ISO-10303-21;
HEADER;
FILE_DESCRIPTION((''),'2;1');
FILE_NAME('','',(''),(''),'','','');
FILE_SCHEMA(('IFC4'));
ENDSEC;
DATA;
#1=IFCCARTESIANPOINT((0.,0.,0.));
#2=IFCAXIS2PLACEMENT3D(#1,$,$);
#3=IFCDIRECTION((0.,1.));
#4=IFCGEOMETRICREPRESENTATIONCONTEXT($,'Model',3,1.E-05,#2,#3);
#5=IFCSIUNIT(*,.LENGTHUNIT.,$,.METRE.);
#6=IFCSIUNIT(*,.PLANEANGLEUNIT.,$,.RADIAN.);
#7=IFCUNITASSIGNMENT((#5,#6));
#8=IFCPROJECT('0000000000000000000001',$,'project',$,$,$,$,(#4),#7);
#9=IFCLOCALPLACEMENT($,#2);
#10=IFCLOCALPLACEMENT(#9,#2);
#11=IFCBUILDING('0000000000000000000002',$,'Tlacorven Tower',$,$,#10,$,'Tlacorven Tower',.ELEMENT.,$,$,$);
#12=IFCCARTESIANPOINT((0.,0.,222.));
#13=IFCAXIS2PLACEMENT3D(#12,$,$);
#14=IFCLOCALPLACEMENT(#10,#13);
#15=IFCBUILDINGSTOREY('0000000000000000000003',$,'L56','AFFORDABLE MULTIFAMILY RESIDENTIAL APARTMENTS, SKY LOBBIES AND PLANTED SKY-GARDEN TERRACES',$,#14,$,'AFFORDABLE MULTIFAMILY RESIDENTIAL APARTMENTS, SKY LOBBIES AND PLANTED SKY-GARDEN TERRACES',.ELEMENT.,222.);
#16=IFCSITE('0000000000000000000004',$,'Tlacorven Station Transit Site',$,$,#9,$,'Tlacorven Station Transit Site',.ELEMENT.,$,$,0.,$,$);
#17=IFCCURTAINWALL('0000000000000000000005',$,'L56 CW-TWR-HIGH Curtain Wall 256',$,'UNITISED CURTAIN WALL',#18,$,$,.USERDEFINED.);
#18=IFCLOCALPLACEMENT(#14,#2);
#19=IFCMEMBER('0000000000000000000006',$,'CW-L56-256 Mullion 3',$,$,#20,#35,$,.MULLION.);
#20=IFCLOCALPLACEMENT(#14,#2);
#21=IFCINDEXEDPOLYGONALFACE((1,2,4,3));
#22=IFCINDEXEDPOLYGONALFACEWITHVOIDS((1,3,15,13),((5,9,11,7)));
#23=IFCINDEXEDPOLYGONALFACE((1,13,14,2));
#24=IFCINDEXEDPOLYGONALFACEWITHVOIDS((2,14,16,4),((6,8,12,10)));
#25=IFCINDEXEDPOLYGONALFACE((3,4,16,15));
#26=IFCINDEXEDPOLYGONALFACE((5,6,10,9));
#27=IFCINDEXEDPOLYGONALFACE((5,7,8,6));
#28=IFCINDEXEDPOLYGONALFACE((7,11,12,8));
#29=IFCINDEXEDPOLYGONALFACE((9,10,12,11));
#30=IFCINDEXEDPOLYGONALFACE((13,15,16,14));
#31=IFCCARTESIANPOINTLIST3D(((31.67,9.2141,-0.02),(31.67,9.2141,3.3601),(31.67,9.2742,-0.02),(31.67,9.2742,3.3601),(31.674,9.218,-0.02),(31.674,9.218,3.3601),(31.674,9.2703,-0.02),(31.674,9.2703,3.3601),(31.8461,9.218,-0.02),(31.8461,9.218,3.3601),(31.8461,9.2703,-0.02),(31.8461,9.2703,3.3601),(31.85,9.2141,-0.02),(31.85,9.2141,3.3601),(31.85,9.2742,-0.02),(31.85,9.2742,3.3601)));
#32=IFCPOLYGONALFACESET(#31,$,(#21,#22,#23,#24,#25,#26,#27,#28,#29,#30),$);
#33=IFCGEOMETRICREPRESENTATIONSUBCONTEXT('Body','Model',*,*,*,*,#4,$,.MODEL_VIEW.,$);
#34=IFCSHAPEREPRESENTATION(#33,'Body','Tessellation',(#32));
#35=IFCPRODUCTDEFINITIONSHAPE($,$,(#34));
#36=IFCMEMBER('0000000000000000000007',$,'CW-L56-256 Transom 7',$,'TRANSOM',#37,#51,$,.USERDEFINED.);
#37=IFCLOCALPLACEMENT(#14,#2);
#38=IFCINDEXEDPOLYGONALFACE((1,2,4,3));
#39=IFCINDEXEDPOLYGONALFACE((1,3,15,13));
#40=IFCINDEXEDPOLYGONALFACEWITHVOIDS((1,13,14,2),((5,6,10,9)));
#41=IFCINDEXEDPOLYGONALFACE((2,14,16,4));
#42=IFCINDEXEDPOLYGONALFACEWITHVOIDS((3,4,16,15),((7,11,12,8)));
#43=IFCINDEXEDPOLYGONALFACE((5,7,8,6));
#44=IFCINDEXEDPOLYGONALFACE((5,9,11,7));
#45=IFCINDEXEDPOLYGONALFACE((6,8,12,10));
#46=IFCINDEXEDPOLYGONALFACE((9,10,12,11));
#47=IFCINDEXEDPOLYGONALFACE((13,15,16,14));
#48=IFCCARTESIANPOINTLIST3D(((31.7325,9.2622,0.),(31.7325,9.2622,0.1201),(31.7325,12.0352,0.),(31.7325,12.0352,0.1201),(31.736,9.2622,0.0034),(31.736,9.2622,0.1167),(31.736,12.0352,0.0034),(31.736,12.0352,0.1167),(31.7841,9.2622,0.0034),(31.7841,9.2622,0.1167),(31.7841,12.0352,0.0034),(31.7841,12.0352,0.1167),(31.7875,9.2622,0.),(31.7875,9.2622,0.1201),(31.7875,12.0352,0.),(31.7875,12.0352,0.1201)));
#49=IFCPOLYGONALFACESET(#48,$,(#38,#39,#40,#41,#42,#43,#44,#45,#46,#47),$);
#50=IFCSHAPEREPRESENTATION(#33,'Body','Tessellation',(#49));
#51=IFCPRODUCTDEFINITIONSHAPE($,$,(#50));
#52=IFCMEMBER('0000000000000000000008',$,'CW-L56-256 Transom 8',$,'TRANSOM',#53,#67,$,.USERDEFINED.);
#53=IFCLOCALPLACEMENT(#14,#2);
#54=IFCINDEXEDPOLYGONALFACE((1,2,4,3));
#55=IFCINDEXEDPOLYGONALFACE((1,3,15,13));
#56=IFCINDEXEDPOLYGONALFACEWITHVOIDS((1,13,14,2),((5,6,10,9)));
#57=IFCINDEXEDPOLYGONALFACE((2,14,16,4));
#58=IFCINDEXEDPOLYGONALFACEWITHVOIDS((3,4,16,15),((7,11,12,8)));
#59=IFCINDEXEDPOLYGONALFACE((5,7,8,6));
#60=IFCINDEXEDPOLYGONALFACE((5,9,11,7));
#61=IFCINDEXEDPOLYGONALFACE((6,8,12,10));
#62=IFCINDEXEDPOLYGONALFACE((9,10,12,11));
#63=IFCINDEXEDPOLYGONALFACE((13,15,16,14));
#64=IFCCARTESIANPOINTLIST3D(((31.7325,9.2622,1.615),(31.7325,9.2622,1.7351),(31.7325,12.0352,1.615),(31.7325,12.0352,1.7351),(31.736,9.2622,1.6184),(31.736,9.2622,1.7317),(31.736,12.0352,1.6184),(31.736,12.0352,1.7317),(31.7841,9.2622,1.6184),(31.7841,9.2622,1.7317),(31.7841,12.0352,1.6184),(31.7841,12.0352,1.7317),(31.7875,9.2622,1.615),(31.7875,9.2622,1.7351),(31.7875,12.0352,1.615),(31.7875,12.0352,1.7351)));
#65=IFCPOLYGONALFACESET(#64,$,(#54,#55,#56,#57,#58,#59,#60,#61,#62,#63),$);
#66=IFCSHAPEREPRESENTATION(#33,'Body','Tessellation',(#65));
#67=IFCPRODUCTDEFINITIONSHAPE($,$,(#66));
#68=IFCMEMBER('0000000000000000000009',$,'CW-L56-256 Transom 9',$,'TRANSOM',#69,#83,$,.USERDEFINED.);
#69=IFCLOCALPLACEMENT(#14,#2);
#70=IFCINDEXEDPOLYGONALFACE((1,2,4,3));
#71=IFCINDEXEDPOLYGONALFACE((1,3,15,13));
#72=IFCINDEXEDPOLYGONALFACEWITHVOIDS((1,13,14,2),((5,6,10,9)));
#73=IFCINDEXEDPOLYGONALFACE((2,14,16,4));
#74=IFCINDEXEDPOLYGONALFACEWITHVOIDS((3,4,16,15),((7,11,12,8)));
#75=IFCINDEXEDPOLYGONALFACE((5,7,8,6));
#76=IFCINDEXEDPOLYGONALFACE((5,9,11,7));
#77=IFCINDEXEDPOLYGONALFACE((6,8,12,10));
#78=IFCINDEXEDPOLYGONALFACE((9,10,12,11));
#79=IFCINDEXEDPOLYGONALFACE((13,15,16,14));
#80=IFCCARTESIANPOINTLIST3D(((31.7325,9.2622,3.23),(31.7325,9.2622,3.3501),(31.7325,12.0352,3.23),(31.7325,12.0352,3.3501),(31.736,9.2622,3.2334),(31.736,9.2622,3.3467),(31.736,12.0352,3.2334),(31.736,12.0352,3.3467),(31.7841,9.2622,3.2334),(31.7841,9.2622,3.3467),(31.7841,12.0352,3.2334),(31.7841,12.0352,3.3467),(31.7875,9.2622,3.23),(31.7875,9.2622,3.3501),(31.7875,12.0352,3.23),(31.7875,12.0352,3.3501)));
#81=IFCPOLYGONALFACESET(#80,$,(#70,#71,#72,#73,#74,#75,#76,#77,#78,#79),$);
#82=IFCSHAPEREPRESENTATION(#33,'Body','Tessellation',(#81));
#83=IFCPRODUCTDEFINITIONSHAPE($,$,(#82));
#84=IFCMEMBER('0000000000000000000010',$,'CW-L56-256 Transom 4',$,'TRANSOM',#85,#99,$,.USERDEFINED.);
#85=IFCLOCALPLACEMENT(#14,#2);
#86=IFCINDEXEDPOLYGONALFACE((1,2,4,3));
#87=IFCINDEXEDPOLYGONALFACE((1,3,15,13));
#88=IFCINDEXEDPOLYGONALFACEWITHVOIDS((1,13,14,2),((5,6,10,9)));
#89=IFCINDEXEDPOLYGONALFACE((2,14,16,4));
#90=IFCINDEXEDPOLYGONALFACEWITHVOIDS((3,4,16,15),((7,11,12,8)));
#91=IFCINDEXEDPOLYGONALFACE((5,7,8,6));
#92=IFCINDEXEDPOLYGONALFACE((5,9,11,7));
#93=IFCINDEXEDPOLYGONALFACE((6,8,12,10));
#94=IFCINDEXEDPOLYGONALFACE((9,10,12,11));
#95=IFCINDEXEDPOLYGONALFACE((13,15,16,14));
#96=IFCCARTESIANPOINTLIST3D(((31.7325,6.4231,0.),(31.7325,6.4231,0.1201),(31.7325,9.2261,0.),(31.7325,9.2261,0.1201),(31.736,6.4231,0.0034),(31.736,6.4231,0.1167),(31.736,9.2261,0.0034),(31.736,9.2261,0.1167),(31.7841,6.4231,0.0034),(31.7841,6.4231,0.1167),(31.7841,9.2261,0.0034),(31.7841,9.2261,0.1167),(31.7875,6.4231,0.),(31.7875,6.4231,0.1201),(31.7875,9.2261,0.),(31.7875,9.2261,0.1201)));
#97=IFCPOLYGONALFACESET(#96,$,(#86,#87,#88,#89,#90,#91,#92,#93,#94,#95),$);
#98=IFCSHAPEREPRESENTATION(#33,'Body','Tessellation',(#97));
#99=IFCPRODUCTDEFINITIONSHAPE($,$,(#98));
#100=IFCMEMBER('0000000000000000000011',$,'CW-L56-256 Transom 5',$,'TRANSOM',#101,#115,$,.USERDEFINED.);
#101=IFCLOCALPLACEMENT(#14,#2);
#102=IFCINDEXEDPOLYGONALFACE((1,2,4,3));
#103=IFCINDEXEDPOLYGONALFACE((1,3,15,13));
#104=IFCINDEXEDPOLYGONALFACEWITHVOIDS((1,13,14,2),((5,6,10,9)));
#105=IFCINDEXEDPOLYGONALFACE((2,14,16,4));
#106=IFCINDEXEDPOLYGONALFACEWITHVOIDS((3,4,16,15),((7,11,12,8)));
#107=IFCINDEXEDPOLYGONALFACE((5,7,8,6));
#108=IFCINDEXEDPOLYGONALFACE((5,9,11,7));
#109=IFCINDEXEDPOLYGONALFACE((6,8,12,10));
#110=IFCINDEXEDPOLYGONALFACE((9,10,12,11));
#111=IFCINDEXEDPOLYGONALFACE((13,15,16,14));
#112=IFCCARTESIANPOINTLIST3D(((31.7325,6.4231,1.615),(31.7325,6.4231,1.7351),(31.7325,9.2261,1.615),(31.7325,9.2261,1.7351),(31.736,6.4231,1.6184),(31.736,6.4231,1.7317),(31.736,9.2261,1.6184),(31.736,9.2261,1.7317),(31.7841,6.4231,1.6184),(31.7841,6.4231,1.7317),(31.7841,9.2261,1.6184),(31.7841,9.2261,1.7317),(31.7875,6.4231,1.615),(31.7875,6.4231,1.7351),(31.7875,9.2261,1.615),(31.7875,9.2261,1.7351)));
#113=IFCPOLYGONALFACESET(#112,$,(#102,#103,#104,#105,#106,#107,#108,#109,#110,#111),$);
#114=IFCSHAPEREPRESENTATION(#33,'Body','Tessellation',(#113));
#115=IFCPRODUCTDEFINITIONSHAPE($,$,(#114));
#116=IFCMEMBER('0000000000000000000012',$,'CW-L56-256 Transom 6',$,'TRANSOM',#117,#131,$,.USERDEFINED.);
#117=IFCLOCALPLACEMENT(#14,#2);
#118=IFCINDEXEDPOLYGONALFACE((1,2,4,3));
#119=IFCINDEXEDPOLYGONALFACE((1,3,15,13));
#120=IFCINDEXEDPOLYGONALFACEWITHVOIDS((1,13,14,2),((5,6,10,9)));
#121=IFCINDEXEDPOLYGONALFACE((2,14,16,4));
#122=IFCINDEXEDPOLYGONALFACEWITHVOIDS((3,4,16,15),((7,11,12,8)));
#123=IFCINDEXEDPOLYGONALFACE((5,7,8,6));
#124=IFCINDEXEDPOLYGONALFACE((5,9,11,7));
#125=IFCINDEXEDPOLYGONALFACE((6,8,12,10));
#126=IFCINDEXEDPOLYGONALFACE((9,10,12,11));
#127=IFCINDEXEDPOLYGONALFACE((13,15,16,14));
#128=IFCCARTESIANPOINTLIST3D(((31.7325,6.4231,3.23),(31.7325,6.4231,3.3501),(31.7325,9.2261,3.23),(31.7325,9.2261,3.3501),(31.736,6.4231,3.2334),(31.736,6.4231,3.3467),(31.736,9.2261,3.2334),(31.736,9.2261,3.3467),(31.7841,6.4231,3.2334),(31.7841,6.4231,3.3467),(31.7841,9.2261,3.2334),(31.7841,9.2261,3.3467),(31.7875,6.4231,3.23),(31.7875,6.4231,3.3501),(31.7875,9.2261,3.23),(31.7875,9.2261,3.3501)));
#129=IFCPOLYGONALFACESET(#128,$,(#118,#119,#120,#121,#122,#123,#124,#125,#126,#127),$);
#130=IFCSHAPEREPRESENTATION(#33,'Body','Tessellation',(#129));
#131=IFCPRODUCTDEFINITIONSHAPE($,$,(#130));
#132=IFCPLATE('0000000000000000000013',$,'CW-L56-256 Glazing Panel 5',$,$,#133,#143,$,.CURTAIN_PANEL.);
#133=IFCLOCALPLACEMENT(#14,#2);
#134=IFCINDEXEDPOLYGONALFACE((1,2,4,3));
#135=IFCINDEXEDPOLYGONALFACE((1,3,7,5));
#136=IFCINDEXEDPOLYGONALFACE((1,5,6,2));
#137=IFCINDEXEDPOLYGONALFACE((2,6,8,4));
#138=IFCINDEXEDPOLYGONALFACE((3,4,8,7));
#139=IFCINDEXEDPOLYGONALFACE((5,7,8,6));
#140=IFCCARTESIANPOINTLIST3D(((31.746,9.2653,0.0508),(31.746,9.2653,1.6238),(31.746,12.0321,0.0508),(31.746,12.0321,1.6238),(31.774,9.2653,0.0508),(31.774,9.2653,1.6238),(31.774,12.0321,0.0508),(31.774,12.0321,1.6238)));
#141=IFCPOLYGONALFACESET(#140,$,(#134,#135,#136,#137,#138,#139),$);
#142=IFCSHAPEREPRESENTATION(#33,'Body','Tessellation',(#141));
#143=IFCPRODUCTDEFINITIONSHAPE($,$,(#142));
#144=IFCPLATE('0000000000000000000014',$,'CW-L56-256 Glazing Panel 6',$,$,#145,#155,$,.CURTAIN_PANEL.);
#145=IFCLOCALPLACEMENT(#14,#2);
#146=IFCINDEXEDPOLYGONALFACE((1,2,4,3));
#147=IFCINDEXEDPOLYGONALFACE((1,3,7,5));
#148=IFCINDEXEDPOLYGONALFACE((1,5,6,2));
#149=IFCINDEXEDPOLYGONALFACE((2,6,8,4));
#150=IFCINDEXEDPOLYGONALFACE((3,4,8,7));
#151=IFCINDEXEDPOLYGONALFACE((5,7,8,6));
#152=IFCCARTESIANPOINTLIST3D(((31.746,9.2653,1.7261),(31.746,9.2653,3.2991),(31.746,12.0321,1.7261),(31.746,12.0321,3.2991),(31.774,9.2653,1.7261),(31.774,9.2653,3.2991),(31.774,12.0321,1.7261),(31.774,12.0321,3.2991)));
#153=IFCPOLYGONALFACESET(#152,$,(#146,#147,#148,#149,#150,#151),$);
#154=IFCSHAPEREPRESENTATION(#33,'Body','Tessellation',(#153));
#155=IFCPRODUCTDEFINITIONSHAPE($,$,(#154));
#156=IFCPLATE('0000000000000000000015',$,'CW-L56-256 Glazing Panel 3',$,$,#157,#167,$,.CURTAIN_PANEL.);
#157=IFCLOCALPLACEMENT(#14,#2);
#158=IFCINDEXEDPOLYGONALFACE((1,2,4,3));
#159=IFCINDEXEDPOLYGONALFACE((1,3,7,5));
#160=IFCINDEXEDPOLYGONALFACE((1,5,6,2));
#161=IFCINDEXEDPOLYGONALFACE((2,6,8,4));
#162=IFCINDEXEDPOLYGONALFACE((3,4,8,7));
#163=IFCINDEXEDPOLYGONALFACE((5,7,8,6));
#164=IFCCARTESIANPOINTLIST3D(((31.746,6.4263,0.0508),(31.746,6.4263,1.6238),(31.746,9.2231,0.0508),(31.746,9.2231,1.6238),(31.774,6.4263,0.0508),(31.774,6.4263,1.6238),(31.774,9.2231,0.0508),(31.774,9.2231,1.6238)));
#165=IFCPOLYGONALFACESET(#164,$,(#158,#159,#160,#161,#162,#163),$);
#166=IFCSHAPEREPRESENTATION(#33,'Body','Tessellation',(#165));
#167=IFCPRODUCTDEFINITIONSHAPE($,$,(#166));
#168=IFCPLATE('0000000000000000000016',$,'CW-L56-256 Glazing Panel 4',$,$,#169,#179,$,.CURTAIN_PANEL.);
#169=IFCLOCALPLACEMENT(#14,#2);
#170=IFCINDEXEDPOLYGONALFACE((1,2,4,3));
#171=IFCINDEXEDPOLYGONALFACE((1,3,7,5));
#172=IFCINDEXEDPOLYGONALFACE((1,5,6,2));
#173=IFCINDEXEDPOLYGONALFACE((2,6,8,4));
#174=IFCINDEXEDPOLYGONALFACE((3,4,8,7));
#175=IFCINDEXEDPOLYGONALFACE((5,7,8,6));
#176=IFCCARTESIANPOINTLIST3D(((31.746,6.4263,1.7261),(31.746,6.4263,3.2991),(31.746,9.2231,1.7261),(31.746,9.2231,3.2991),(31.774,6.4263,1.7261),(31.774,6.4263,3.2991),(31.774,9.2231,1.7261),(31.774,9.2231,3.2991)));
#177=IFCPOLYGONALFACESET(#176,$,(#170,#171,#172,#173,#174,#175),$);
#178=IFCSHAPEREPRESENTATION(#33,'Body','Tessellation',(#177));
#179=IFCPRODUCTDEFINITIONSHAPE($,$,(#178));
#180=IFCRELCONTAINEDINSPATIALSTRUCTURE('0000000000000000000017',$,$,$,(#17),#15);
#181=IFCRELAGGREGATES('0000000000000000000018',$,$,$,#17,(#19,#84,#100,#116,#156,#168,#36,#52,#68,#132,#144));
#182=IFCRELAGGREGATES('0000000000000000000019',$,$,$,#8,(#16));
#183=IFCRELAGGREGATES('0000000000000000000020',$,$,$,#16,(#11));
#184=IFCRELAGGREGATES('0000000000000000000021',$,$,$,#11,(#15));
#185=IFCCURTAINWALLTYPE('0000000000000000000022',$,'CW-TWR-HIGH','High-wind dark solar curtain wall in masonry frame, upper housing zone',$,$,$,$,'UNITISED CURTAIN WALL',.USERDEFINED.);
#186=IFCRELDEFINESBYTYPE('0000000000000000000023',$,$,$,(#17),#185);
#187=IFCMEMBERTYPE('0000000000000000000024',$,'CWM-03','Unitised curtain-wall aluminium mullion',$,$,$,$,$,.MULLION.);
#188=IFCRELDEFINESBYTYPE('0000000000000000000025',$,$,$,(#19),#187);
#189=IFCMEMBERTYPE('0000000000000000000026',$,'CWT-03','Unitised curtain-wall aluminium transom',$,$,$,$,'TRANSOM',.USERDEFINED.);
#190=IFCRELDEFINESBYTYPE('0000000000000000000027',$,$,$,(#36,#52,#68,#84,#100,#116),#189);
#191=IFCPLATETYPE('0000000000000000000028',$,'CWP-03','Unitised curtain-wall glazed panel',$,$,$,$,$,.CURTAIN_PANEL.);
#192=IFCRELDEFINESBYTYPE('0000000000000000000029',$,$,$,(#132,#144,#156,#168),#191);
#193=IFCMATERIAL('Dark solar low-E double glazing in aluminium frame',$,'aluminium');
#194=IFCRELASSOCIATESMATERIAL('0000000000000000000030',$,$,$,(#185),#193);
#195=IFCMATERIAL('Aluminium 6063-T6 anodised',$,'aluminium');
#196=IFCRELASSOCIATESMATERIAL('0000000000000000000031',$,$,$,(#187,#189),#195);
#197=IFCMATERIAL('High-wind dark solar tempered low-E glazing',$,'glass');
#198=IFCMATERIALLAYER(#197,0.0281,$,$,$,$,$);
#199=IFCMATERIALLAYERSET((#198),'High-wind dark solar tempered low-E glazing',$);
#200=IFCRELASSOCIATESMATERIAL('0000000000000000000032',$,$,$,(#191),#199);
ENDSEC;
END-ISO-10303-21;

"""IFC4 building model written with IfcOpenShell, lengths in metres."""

from ifc_helpers import new_model, si_unit, direction, frame, origin, origin_2d, place, context, subcontext, project, spatial, rectangle, hollow_rectangle, extrude, source, transform, mapped, material, layer, layer_set, material_profile, profile_set, type_object, element, aggregate, save


model = new_model("IFC4")

# Units and contexts
model_context = context("Model", 3, precision=1e-05, world=origin(), true_north=direction((0.0, 1.0)))
body_context = subcontext(model_context, "Body", "Model", "MODEL_VIEW")
ifc_project = project(units=[si_unit("LENGTHUNIT", "METRE"), si_unit("PLANEANGLEUNIT", "RADIAN")], contexts=[model_context])

# Site, building, storey
site_placement = place(None, origin())
site = spatial("IfcSite", under=ifc_project, at=site_placement, Name="Tlacorven Station Transit Site", LongName="Tlacorven Station Transit Site", CompositionType="ELEMENT", RefElevation=0.0)
building_placement = place(site_placement, origin())
building = spatial("IfcBuilding", under=site, at=building_placement, Name="Tlacorven Tower", LongName="Tlacorven Tower", CompositionType="ELEMENT")
storey_placement = place(building_placement, frame((0.0, 0.0, 222.0)))
storey = spatial("IfcBuildingStorey", under=building, at=storey_placement, Name="L56", Description="AFFORDABLE MULTIFAMILY RESIDENTIAL APARTMENTS, SKY LOBBIES AND PLANTED SKY-GARDEN TERRACES", LongName="AFFORDABLE MULTIFAMILY RESIDENTIAL APARTMENTS, SKY LOBBIES AND PLANTED SKY-GARDEN TERRACES", CompositionType="ELEMENT", Elevation=222.0)

# Curtain wall, members, plates
ifc_material_1 = material(Name="Dark solar low-E double glazing in aluminium frame", Category="aluminium")
curtain_wall_type = type_object("IfcCurtainWallType", Name="CW-TWR-HIGH", Description="High-wind dark solar curtain wall in masonry frame, upper housing zone", ElementType="UNITISED CURTAIN WALL", PredefinedType="USERDEFINED", material=ifc_material_1)
curtain_wall_placement = place(storey_placement, origin())
curtain_wall = element("IfcCurtainWall", 1, at=curtain_wall_placement, inside=storey, type_object=curtain_wall_type, Name="L56 CW-TWR-HIGH Curtain Wall 256", ObjectType="UNITISED CURTAIN WALL", PredefinedType="USERDEFINED")
ifc_material_2 = material(Name="Aluminium 6063-T6 anodised", Category="aluminium")
ifc_material_profile_1 = material_profile(ifc_material_2, hollow_rectangle(XDim=0.0601, YDim=0.1799, WallThickness=0.0039, at=origin_2d()), Name="ALU MULLION 60X180")
ifc_profile_set_1 = profile_set([ifc_material_profile_1], Name="Aluminium 6063-T6 anodised")
member_type_1 = type_object("IfcMemberType", Name="CWM-03", Description="Unitised curtain-wall aluminium mullion", PredefinedType="MULLION", material=ifc_profile_set_1)
shared_shape_1 = source(origin(), body_context, "Body", "SweptSolid", [
    extrude(hollow_rectangle(XDim=0.0601, YDim=0.1799, WallThickness=0.0039, at=origin_2d()), origin(), (0.0, 0.0, 1.0), 3.3801),
])
member_1_placement = place(storey_placement, frame((31.76, 9.2441, -0.02), z_axis=(0.0, 0.0, 1.0), x_axis=(0.0, 1.0, 0.0)))
member_1 = element("IfcMember", 2, at=member_1_placement, type_object=member_type_1, Name="CW-L56-256 Mullion 3", PredefinedType="MULLION", context=body_context, shape_type="MappedRepresentation", body=[
    mapped(shared_shape_1, transform((0.0, 0.0, 0.0), scale=1.0)),
])
ifc_material_profile_2 = material_profile(ifc_material_2, hollow_rectangle(XDim=0.0549, YDim=0.1201, WallThickness=0.0034, at=origin_2d()), Name="ALU TRANSOM 55X120")
ifc_profile_set_2 = profile_set([ifc_material_profile_2], Name="Aluminium 6063-T6 anodised")
member_type_2 = type_object("IfcMemberType", Name="CWT-03", Description="Unitised curtain-wall aluminium transom", ElementType="TRANSOM", PredefinedType="USERDEFINED", material=ifc_profile_set_2)
shared_shape_2 = source(origin(), body_context, "Body", "SweptSolid", [
    extrude(hollow_rectangle(XDim=0.0549, YDim=0.1201, WallThickness=0.0034, at=origin_2d()), origin(), (0.0, 0.0, 1.0), 2.7729),
])
member_2_placement = place(storey_placement, frame((31.76, 9.2622, 0.0601), z_axis=(0.0, 1.0, 0.0), x_axis=(-1.0, 0.0, 0.0)))
member_2 = element("IfcMember", 3, at=member_2_placement, type_object=member_type_2, Name="CW-L56-256 Transom 7", ObjectType="TRANSOM", PredefinedType="USERDEFINED", context=body_context, shape_type="MappedRepresentation", body=[
    mapped(shared_shape_2, transform((0.0, 0.0, 0.0), scale=1.0)),
])
member_3_placement = place(storey_placement, frame((31.76, 9.2622, 1.675), z_axis=(0.0, 1.0, 0.0), x_axis=(-1.0, 0.0, 0.0)))
member_3 = element("IfcMember", 4, at=member_3_placement, type_object=member_type_2, Name="CW-L56-256 Transom 8", ObjectType="TRANSOM", PredefinedType="USERDEFINED", context=body_context, shape_type="MappedRepresentation", body=[
    mapped(shared_shape_2, transform((0.0, 0.0, 0.0), scale=1.0)),
])
member_4_placement = place(storey_placement, frame((31.76, 9.2622, 3.29), z_axis=(0.0, 1.0, 0.0), x_axis=(-1.0, 0.0, 0.0)))
member_4 = element("IfcMember", 5, at=member_4_placement, type_object=member_type_2, Name="CW-L56-256 Transom 9", ObjectType="TRANSOM", PredefinedType="USERDEFINED", context=body_context, shape_type="MappedRepresentation", body=[
    mapped(shared_shape_2, transform((0.0, 0.0, 0.0), scale=1.0)),
])
shared_shape_3 = source(origin(), body_context, "Body", "SweptSolid", [
    extrude(hollow_rectangle(XDim=0.0549, YDim=0.1201, WallThickness=0.0034, at=origin_2d()), origin(), (0.0, 0.0, 1.0), 2.803),
])
member_5_placement = place(storey_placement, frame((31.76, 6.4231, 0.0601), z_axis=(0.0, 1.0, 0.0), x_axis=(-1.0, 0.0, 0.0)))
member_5 = element("IfcMember", 6, at=member_5_placement, type_object=member_type_2, Name="CW-L56-256 Transom 4", ObjectType="TRANSOM", PredefinedType="USERDEFINED", context=body_context, shape_type="MappedRepresentation", body=[
    mapped(shared_shape_3, transform((0.0, 0.0, 0.0), scale=1.0)),
])
member_6_placement = place(storey_placement, frame((31.76, 6.4231, 1.675), z_axis=(0.0, 1.0, 0.0), x_axis=(-1.0, 0.0, 0.0)))
member_6 = element("IfcMember", 7, at=member_6_placement, type_object=member_type_2, Name="CW-L56-256 Transom 5", ObjectType="TRANSOM", PredefinedType="USERDEFINED", context=body_context, shape_type="MappedRepresentation", body=[
    mapped(shared_shape_3, transform((0.0, 0.0, 0.0), scale=1.0)),
])
member_7_placement = place(storey_placement, frame((31.76, 6.4231, 3.29), z_axis=(0.0, 1.0, 0.0), x_axis=(-1.0, 0.0, 0.0)))
member_7 = element("IfcMember", 8, at=member_7_placement, type_object=member_type_2, Name="CW-L56-256 Transom 6", ObjectType="TRANSOM", PredefinedType="USERDEFINED", context=body_context, shape_type="MappedRepresentation", body=[
    mapped(shared_shape_3, transform((0.0, 0.0, 0.0), scale=1.0)),
])
ifc_material_3 = material(Name="High-wind dark solar tempered low-E glazing", Category="glass")
ifc_layer = layer(ifc_material_3, 0.0281)
ifc_layer_set = layer_set([ifc_layer], Name="High-wind dark solar tempered low-E glazing")
plate_type = type_object("IfcPlateType", Name="CWP-03", Description="Unitised curtain-wall glazed panel", PredefinedType="CURTAIN_PANEL", material=ifc_layer_set)
shared_shape_4 = source(origin(), body_context, "Body", "SweptSolid", [
    extrude(rectangle(XDim=2.7668, YDim=0.0281, at=origin_2d()), origin(), (0.0, 0.0, 1.0), 1.573),
])
plate_1_placement = place(storey_placement, frame((31.76, 10.6487, 0.0508), z_axis=(0.0, 0.0, 1.0), x_axis=(0.0, 1.0, 0.0)))
plate_1 = element("IfcPlate", 9, at=plate_1_placement, type_object=plate_type, Name="CW-L56-256 Glazing Panel 5", PredefinedType="CURTAIN_PANEL", context=body_context, shape_type="MappedRepresentation", body=[
    mapped(shared_shape_4, transform((0.0, 0.0, 0.0), scale=1.0)),
])
plate_2_placement = place(storey_placement, frame((31.76, 10.6487, 1.7261), z_axis=(0.0, 0.0, 1.0), x_axis=(0.0, 1.0, 0.0)))
plate_2 = element("IfcPlate", 10, at=plate_2_placement, type_object=plate_type, Name="CW-L56-256 Glazing Panel 6", PredefinedType="CURTAIN_PANEL", context=body_context, shape_type="MappedRepresentation", body=[
    mapped(shared_shape_4, transform((0.0, 0.0, 0.0), scale=1.0)),
])
shared_shape_5 = source(origin(), body_context, "Body", "SweptSolid", [
    extrude(rectangle(XDim=2.7969, YDim=0.0281, at=origin_2d()), origin(), (0.0, 0.0, 1.0), 1.573),
])
plate_3_placement = place(storey_placement, frame((31.76, 7.8247, 0.0508), z_axis=(0.0, 0.0, 1.0), x_axis=(0.0, 1.0, 0.0)))
plate_3 = element("IfcPlate", 11, at=plate_3_placement, type_object=plate_type, Name="CW-L56-256 Glazing Panel 3", PredefinedType="CURTAIN_PANEL", context=body_context, shape_type="MappedRepresentation", body=[
    mapped(shared_shape_5, transform((0.0, 0.0, 0.0), scale=1.0)),
])
plate_4_placement = place(storey_placement, frame((31.76, 7.8247, 1.7261), z_axis=(0.0, 0.0, 1.0), x_axis=(0.0, 1.0, 0.0)))
plate_4 = element("IfcPlate", 12, at=plate_4_placement, type_object=plate_type, Name="CW-L56-256 Glazing Panel 4", PredefinedType="CURTAIN_PANEL", context=body_context, shape_type="MappedRepresentation", body=[
    mapped(shared_shape_5, transform((0.0, 0.0, 0.0), scale=1.0)),
])
aggregate(curtain_wall, [member_1, member_5, member_6, member_7, plate_3, plate_4, member_2, member_3, member_4, plate_1, plate_2])

save(model, "model.ifc")
